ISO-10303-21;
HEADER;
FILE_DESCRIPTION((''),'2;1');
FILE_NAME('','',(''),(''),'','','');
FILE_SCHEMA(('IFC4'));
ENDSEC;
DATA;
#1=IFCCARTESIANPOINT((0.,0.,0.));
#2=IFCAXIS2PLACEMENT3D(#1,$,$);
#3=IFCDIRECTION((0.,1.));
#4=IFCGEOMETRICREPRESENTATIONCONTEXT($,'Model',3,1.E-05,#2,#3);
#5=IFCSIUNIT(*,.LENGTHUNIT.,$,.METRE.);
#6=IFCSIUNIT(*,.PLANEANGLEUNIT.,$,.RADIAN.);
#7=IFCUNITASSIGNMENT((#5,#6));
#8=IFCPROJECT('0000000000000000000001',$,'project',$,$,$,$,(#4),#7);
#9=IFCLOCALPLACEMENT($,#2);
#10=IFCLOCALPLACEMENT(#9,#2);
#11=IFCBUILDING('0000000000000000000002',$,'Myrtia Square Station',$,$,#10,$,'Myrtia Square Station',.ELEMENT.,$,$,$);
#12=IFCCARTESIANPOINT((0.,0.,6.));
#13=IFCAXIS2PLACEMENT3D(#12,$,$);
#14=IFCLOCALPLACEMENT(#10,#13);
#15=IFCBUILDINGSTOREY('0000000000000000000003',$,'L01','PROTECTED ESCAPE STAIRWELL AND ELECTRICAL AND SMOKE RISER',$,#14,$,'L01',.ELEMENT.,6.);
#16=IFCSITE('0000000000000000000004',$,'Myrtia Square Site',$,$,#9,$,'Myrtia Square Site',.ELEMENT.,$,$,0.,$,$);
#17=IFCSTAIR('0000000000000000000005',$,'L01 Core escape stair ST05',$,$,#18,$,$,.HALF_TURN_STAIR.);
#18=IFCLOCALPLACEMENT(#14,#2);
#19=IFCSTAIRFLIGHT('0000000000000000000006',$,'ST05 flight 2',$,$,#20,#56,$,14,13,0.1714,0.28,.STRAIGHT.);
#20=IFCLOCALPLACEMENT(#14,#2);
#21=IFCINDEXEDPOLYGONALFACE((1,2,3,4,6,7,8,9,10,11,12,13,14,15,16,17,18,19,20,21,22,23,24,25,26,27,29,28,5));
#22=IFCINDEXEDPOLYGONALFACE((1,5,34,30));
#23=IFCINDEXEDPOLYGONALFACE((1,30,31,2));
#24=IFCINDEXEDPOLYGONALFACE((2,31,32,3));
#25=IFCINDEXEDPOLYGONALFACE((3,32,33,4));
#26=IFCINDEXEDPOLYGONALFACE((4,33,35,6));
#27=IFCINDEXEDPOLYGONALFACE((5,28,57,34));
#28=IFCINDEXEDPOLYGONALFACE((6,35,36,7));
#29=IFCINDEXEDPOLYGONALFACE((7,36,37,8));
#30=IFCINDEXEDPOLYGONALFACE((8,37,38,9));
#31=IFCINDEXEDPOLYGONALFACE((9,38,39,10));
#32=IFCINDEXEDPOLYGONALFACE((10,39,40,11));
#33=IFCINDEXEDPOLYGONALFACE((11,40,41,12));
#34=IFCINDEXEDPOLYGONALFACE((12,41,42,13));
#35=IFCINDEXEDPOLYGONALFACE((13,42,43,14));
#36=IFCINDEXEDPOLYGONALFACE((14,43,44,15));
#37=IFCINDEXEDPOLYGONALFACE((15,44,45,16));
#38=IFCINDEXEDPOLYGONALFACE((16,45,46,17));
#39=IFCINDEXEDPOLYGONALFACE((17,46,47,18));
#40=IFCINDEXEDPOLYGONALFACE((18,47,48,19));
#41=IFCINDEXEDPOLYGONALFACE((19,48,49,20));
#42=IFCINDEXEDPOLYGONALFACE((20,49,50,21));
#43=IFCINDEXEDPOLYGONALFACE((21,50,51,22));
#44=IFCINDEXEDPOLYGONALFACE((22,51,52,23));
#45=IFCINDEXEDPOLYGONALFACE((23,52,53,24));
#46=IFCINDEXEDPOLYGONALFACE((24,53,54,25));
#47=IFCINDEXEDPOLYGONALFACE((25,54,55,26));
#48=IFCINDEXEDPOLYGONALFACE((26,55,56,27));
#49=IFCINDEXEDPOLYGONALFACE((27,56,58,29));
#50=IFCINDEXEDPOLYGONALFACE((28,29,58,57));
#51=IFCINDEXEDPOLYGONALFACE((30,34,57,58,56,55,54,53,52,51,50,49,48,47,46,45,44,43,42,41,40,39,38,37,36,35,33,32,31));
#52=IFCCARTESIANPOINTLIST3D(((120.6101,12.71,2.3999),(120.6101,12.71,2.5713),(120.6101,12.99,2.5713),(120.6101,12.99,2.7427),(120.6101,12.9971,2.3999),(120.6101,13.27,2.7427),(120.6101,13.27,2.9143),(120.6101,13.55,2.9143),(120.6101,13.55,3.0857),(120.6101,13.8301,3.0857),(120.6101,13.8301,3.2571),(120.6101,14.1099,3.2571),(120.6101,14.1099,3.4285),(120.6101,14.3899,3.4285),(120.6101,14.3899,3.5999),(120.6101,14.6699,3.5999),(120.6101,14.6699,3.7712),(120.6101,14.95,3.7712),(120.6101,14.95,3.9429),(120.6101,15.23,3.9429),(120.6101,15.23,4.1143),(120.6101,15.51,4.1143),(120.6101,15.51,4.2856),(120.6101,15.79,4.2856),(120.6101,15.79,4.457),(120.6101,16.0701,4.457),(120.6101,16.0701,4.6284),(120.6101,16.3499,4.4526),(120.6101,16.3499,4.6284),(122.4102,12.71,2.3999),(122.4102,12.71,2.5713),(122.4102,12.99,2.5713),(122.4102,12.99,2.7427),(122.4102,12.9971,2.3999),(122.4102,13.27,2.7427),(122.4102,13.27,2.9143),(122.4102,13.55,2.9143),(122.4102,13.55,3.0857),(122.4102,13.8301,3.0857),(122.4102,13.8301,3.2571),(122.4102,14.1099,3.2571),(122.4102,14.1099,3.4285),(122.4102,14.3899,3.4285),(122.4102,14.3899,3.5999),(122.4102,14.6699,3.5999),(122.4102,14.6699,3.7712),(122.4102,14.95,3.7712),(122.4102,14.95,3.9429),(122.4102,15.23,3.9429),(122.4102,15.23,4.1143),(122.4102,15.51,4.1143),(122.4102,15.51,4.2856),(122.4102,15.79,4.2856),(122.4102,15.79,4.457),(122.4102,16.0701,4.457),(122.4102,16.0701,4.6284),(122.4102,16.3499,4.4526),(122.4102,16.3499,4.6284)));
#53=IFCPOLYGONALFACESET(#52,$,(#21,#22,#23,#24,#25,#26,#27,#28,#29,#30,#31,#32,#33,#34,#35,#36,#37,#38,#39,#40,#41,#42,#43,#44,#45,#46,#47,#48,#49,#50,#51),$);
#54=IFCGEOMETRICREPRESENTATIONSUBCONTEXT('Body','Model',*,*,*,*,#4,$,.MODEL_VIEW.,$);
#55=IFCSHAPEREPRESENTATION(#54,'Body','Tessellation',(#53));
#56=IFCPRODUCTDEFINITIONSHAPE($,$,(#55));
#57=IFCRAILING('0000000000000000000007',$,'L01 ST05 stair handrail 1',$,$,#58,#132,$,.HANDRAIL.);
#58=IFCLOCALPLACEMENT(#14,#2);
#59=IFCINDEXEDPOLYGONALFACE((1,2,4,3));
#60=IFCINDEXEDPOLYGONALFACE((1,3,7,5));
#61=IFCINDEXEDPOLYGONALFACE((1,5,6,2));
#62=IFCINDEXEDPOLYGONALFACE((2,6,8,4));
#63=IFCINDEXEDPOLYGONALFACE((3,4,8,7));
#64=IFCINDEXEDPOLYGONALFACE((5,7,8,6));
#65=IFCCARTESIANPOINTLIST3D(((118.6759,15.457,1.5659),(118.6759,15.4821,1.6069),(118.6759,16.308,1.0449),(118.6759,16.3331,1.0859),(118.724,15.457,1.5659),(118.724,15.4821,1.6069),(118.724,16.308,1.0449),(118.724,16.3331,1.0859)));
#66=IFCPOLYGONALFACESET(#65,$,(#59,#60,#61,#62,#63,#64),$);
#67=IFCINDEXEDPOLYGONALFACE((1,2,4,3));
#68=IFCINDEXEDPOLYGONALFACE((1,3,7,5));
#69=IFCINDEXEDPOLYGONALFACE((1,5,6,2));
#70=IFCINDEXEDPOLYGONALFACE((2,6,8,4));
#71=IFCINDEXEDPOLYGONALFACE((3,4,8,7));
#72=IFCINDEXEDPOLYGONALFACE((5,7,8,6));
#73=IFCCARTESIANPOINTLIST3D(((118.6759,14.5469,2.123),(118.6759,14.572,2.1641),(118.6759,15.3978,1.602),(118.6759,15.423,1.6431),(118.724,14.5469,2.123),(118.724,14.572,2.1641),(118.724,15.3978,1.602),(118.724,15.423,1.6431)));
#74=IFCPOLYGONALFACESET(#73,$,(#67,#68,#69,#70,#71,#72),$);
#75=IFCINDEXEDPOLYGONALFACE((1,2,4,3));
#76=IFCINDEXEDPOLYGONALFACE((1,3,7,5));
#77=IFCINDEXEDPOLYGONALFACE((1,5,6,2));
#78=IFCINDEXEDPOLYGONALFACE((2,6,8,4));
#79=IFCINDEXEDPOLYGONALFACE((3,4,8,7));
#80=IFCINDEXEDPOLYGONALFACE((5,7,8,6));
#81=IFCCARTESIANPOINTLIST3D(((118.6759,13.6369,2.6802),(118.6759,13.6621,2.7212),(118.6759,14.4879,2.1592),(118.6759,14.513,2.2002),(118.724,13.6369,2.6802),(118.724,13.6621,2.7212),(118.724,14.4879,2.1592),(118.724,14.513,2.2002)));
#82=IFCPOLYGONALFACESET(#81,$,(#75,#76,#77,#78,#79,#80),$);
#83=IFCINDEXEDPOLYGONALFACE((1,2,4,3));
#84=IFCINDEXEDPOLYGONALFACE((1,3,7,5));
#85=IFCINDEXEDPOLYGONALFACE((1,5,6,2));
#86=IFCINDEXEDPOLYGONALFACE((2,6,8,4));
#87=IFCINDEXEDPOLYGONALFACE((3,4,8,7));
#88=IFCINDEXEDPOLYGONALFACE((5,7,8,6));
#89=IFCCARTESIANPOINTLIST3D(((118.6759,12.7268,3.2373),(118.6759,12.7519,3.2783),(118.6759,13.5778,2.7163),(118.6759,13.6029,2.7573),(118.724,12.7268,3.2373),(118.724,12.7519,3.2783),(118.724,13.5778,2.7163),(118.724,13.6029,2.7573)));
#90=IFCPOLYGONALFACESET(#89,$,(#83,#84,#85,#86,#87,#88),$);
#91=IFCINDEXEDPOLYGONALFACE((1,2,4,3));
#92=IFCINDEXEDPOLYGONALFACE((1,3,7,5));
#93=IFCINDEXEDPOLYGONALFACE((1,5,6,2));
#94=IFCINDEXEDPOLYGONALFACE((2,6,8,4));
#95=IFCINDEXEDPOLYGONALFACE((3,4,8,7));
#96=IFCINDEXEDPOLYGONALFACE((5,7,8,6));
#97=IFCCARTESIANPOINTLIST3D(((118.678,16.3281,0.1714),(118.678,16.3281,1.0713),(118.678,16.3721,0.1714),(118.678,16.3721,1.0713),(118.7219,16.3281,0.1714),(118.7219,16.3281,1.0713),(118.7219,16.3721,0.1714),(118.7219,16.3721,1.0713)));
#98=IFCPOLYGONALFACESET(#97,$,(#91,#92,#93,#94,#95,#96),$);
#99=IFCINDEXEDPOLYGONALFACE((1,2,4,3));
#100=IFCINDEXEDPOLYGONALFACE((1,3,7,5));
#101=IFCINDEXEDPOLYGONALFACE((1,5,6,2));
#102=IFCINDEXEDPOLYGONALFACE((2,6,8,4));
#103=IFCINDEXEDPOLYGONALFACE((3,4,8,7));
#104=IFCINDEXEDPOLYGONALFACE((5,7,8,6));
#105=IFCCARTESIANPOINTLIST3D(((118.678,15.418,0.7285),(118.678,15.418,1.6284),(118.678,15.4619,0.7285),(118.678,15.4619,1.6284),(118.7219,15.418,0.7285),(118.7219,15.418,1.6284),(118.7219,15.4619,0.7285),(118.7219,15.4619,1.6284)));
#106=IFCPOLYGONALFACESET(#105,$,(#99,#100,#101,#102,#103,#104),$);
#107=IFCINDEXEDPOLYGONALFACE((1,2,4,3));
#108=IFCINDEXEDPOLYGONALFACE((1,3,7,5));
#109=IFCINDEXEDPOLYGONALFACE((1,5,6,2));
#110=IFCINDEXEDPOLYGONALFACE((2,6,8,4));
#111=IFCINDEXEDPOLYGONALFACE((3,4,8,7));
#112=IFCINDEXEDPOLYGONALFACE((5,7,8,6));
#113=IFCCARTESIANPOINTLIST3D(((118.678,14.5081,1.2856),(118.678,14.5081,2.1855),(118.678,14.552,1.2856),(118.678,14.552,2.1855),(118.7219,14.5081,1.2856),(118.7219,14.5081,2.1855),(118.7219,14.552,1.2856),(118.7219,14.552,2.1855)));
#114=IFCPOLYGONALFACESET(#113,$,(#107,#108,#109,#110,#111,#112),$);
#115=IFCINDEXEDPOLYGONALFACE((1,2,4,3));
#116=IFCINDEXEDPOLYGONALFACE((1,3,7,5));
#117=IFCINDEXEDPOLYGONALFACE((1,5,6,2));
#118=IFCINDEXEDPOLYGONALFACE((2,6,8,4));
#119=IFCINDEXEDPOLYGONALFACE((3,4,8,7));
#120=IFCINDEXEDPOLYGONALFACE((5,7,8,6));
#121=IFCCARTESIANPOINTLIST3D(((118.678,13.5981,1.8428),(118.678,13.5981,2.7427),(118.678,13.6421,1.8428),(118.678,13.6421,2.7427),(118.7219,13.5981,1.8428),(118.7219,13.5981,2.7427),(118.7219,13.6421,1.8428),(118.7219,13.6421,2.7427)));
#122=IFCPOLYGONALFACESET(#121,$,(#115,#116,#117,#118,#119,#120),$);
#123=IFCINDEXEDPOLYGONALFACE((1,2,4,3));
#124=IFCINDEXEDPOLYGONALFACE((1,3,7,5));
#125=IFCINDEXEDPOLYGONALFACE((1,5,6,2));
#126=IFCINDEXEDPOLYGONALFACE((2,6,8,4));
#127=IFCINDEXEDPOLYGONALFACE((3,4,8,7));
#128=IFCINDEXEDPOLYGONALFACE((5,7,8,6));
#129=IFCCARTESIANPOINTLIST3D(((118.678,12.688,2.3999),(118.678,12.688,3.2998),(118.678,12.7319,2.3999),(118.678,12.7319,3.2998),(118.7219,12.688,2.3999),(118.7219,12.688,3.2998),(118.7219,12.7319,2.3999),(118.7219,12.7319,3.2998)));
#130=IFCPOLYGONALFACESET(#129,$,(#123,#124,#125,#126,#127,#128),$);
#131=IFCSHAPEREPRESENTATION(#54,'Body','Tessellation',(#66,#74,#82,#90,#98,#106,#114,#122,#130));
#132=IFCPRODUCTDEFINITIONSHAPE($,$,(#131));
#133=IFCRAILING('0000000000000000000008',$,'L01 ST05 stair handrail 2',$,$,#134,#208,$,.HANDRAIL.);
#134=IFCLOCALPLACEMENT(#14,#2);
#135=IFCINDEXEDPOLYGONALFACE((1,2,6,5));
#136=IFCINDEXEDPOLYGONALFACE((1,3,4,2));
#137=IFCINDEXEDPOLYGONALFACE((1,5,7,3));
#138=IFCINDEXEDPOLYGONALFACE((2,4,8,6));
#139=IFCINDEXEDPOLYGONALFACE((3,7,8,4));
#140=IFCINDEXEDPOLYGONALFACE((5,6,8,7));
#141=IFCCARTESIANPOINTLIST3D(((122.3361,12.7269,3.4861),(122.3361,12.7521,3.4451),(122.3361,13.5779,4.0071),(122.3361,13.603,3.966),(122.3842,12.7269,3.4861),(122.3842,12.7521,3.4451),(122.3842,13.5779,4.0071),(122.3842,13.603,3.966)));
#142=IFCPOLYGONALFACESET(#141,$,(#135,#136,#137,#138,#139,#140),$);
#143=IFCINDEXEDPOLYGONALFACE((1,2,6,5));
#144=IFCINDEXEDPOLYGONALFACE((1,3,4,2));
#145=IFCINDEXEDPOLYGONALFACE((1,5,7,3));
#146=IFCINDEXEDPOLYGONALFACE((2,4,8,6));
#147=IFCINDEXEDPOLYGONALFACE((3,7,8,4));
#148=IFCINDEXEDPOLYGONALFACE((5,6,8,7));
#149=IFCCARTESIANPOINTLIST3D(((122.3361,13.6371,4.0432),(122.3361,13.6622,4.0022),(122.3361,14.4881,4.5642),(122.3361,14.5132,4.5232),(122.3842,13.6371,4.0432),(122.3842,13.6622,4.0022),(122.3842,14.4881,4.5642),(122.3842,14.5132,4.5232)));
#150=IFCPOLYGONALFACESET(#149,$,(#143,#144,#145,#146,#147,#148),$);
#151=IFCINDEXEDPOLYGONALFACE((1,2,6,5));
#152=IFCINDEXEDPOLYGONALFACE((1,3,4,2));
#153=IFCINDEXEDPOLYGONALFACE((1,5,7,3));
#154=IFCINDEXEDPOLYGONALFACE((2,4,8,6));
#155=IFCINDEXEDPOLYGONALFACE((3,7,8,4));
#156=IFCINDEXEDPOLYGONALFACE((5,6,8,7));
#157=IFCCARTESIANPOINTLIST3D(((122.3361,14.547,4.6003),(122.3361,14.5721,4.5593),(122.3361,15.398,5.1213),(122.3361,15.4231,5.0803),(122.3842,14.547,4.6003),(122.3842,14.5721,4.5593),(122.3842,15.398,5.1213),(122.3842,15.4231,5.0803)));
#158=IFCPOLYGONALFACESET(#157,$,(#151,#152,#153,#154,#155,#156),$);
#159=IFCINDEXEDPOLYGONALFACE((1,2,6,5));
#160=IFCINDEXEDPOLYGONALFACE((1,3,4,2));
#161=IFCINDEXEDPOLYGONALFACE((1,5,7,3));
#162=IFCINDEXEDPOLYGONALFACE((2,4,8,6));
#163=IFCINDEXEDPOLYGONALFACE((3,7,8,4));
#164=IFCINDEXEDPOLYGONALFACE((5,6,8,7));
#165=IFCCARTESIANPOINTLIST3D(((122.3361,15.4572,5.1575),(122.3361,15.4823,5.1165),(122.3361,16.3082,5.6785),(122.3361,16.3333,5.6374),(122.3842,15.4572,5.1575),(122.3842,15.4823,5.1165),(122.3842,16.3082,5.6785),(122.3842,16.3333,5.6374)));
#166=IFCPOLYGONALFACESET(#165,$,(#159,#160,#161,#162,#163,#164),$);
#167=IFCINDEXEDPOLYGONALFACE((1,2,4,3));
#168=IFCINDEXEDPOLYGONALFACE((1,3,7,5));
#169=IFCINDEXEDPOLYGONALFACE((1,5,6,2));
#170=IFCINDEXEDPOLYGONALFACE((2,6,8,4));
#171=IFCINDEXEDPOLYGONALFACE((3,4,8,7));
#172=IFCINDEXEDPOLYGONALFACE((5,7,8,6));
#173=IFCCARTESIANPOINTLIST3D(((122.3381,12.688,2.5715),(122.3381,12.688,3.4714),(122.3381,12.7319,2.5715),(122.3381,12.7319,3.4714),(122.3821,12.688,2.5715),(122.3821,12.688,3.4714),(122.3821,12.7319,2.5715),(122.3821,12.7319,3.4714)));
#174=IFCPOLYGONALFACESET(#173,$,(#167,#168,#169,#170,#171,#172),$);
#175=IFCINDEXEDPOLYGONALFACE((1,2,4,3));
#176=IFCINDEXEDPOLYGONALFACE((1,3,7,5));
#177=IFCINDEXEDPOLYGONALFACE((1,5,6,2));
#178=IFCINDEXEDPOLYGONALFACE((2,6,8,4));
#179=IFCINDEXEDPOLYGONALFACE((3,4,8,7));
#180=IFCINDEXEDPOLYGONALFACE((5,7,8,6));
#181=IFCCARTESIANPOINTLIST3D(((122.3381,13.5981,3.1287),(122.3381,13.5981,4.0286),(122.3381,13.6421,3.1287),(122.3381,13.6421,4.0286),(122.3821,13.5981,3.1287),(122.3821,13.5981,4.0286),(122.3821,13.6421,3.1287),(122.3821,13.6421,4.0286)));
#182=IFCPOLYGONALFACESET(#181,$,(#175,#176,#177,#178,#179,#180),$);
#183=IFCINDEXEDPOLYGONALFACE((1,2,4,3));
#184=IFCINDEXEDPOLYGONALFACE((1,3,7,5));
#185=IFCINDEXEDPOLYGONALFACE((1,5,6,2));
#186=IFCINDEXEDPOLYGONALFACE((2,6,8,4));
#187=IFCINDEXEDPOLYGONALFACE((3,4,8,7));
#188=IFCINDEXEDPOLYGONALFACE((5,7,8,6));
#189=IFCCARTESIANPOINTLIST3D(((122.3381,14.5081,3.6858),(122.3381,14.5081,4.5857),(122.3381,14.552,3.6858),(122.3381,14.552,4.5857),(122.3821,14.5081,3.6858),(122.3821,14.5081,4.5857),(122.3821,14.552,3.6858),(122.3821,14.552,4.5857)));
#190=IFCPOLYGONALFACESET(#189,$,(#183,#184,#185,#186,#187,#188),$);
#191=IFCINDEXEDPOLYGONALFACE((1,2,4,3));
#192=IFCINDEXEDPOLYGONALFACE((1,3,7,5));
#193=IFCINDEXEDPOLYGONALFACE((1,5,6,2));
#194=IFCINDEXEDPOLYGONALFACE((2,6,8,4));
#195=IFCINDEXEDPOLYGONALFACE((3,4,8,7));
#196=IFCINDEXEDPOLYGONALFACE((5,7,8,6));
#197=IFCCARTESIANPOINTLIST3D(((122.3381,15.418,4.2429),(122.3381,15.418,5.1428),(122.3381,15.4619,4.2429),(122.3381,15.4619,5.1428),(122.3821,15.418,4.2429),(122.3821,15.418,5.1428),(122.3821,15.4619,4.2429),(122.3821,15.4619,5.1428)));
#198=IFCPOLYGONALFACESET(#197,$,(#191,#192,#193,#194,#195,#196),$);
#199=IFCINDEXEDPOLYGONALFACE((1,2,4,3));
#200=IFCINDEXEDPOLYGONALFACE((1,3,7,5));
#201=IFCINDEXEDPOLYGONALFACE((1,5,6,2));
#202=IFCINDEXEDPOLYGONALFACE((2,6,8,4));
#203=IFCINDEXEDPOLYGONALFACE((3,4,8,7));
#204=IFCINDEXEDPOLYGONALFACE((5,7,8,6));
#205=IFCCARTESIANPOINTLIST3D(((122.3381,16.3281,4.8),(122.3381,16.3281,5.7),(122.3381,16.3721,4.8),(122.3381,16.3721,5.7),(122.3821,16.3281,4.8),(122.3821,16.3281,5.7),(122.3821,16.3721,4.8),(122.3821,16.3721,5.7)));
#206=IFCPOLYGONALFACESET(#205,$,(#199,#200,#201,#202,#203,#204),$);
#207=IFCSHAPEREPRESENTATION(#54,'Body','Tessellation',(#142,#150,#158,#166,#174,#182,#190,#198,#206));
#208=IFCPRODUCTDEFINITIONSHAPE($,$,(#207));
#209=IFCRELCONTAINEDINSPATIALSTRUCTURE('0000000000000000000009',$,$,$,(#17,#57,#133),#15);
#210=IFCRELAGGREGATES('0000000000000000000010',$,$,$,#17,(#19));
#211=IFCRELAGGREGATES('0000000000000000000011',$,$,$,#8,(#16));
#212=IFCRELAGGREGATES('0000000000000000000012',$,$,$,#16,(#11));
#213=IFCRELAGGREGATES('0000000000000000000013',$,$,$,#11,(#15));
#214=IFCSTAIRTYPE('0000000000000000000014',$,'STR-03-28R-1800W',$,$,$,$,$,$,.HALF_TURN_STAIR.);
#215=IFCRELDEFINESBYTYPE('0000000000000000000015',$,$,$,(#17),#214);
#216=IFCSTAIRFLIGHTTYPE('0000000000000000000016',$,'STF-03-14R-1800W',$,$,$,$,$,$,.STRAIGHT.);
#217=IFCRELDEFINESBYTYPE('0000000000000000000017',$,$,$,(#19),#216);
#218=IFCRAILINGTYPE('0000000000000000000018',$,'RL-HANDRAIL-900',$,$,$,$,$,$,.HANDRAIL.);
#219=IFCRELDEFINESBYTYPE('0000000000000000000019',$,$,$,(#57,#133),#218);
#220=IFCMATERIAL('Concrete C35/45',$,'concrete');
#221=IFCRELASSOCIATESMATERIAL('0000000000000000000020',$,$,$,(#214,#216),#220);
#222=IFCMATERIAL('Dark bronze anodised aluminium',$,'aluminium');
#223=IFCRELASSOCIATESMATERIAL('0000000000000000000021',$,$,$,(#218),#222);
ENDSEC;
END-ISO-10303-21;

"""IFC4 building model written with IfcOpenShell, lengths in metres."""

from ifc_helpers import new_model, si_unit, direction, frame, origin, origin_2d, place, context, subcontext, project, spatial, polyline, rectangle, outline, extrude, material, type_object, element, aggregate, save


model = new_model("IFC4")

# Units and contexts
model_context = context("Model", 3, precision=1e-05, world=origin(), true_north=direction((0.0, 1.0)))
body_context = subcontext(model_context, "Body", "Model", "MODEL_VIEW")
ifc_project = project(units=[si_unit("LENGTHUNIT", "METRE"), si_unit("PLANEANGLEUNIT", "RADIAN")], contexts=[model_context])

# Site, building, storey
site_placement = place(None, origin())
site = spatial("IfcSite", under=ifc_project, at=site_placement, Name="Myrtia Square Site", LongName="Myrtia Square Site", CompositionType="ELEMENT", RefElevation=0.0)
building_placement = place(site_placement, origin())
building = spatial("IfcBuilding", under=site, at=building_placement, Name="Myrtia Square Station", LongName="Myrtia Square Station", CompositionType="ELEMENT")
storey_placement = place(building_placement, frame((0.0, 0.0, 6.0)))
storey = spatial("IfcBuildingStorey", under=building, at=storey_placement, Name="L01", Description="PROTECTED ESCAPE STAIRWELL AND ELECTRICAL AND SMOKE RISER", LongName="L01", CompositionType="ELEMENT", Elevation=6.0)

# Shared definitions
ifc_material_1 = material(Name="Concrete C35/45", Category="concrete")
ifc_material_2 = material(Name="Dark bronze anodised aluminium", Category="aluminium")

# Stair, stair flight
stair_type = type_object("IfcStairType", Name="STR-03-28R-1800W", PredefinedType="HALF_TURN_STAIR", material=ifc_material_1)
stair_placement = place(storey_placement, origin())
stair = element("IfcStair", 1, at=stair_placement, inside=storey, type_object=stair_type, Name="L01 Core escape stair ST05", PredefinedType="HALF_TURN_STAIR")
stair_flight_type = type_object("IfcStairFlightType", Name="STF-03-14R-1800W", PredefinedType="STRAIGHT", material=ifc_material_1)
stair_flight_1_placement = place(storey_placement, frame((121.51, 12.71, 2.3999), z_axis=(0.0, 0.0, 1.0), x_axis=(0.0, 1.0, 0.0)))
stair_flight_1 = element("IfcStairFlight", 2, at=stair_flight_1_placement, type_object=stair_flight_type, Name="ST05 flight 2", NumberOfRisers=14, NumberOfTreads=13, PredefinedType="STRAIGHT", RiserHeight=0.1714, TreadLength=0.28, context=body_context, shape_type="SweptSolid", body=[
    extrude(outline(polyline([(0.0, 0.0), (0.0, 0.1714), (0.28, 0.1714), (0.28, 0.3428), (0.5601, 0.3428), (0.5601, 0.5144), (0.8401, 0.5144), (0.8401, 0.6858), (1.1201, 0.6858), (1.1201, 0.8572), (1.3999, 0.8572), (1.3999, 1.0286), (1.6799, 1.0286), (1.6799, 1.2), (1.96, 1.2), (1.96, 1.3713), (2.24, 1.3713), (2.24, 1.543), (2.52, 1.543), (2.52, 1.7144), (2.8, 1.7144), (2.8, 1.8857), (3.0801, 1.8857), (3.0801, 2.0571), (3.3601, 2.0571), (3.3601, 2.2285), (3.6399, 2.2285), (3.6399, 2.3999), (3.6399, 2.0527), (0.2871, 0.0), (0.0, 0.0)])), frame((0.0, 0.8999, 0.0), z_axis=(0.0, -1.0, 0.0), x_axis=(1.0, 0.0, 0.0)), (0.0, 0.0, 1.0), 1.8),
])
aggregate(stair, [stair_flight_1])

# Railings
railing_type_1 = type_object("IfcRailingType", Name="RL-HANDRAIL-900", PredefinedType="HANDRAIL", material=ifc_material_2)
railing_1_placement = place(storey_placement, frame((118.7, 16.3501, 0.1714)))
element("IfcRailing", 3, at=railing_1_placement, inside=storey, type_object=railing_type_1, Name="L01 ST05 stair handrail 1", PredefinedType="HANDRAIL", context=body_context, shape_type="SweptSolid", body=[
    extrude(rectangle(XDim=0.0481, YDim=0.0481, at=origin_2d()), frame((0.0, -0.0295, 0.894), z_axis=(0.0, -0.852866, 0.52213), x_axis=(1.0, 0.0, 0.0)), (0.0, 0.0, 1.0), 0.9978),
    extrude(rectangle(XDim=0.0481, YDim=0.0481, at=origin_2d()), frame((0.0, -0.9397, 1.4512), z_axis=(0.0, -0.852866, 0.52213), x_axis=(1.0, 0.0, 0.0)), (0.0, 0.0, 1.0), 0.9978),
    extrude(rectangle(XDim=0.0481, YDim=0.0481, at=origin_2d()), frame((0.0, -1.8496, 2.0083), z_axis=(0.0, -0.852866, 0.52213), x_axis=(1.0, 0.0, 0.0)), (0.0, 0.0, 1.0), 0.9978),
    extrude(rectangle(XDim=0.0481, YDim=0.0481, at=origin_2d()), frame((0.0, -2.7598, 2.5654), z_axis=(0.0, -0.852866, 0.52213), x_axis=(1.0, 0.0, 0.0)), (0.0, 0.0, 1.0), 0.9978),
    extrude(rectangle(XDim=0.0439, YDim=0.0439, at=origin_2d()), origin(), (0.0, 0.0, 1.0), 0.8999),
    extrude(rectangle(XDim=0.0439, YDim=0.0439, at=origin_2d()), frame((0.0, -0.9102, 0.5571)), (0.0, 0.0, 1.0), 0.8999),
    extrude(rectangle(XDim=0.0439, YDim=0.0439, at=origin_2d()), frame((0.0, -1.8201, 1.1143)), (0.0, 0.0, 1.0), 0.8999),
    extrude(rectangle(XDim=0.0439, YDim=0.0439, at=origin_2d()), frame((0.0, -2.73, 1.6714)), (0.0, 0.0, 1.0), 0.8999),
    extrude(rectangle(XDim=0.0439, YDim=0.0439, at=origin_2d()), frame((0.0, -3.6401, 2.2285)), (0.0, 0.0, 1.0), 0.8999),
])
railing_2_placement = place(storey_placement, frame((122.3601, 12.71, 2.5715)))
element("IfcRailing", 4, at=railing_2_placement, inside=storey, type_object=railing_type_1, Name="L01 ST05 stair handrail 2", PredefinedType="HANDRAIL", context=body_context, shape_type="SweptSolid", body=[
    extrude(rectangle(XDim=0.0481, YDim=0.0481, at=origin_2d()), frame((0.0, 0.0295, 0.894), z_axis=(0.0, 0.852866, 0.52213), x_axis=(-1.0, 0.0, 0.0)), (0.0, 0.0, 1.0), 0.9978),
    extrude(rectangle(XDim=0.0481, YDim=0.0481, at=origin_2d()), frame((0.0, 0.9397, 1.4512), z_axis=(0.0, 0.852866, 0.52213), x_axis=(-1.0, 0.0, 0.0)), (0.0, 0.0, 1.0), 0.9978),
    extrude(rectangle(XDim=0.0481, YDim=0.0481, at=origin_2d()), frame((0.0, 1.8496, 2.0083), z_axis=(0.0, 0.852866, 0.52213), x_axis=(-1.0, 0.0, 0.0)), (0.0, 0.0, 1.0), 0.9978),
    extrude(rectangle(XDim=0.0481, YDim=0.0481, at=origin_2d()), frame((0.0, 2.7598, 2.5654), z_axis=(0.0, 0.852866, 0.52213), x_axis=(-1.0, 0.0, 0.0)), (0.0, 0.0, 1.0), 0.9978),
    extrude(rectangle(XDim=0.0439, YDim=0.0439, at=origin_2d()), origin(), (0.0, 0.0, 1.0), 0.8999),
    extrude(rectangle(XDim=0.0439, YDim=0.0439, at=origin_2d()), frame((0.0, 0.9102, 0.5571)), (0.0, 0.0, 1.0), 0.8999),
    extrude(rectangle(XDim=0.0439, YDim=0.0439, at=origin_2d()), frame((0.0, 1.8201, 1.1143)), (0.0, 0.0, 1.0), 0.8999),
    extrude(rectangle(XDim=0.0439, YDim=0.0439, at=origin_2d()), frame((0.0, 2.73, 1.6714)), (0.0, 0.0, 1.0), 0.8999),
    extrude(rectangle(XDim=0.0439, YDim=0.0439, at=origin_2d()), frame((0.0, 3.6401, 2.2285)), (0.0, 0.0, 1.0), 0.8999),
])

save(model, "model.ifc")
